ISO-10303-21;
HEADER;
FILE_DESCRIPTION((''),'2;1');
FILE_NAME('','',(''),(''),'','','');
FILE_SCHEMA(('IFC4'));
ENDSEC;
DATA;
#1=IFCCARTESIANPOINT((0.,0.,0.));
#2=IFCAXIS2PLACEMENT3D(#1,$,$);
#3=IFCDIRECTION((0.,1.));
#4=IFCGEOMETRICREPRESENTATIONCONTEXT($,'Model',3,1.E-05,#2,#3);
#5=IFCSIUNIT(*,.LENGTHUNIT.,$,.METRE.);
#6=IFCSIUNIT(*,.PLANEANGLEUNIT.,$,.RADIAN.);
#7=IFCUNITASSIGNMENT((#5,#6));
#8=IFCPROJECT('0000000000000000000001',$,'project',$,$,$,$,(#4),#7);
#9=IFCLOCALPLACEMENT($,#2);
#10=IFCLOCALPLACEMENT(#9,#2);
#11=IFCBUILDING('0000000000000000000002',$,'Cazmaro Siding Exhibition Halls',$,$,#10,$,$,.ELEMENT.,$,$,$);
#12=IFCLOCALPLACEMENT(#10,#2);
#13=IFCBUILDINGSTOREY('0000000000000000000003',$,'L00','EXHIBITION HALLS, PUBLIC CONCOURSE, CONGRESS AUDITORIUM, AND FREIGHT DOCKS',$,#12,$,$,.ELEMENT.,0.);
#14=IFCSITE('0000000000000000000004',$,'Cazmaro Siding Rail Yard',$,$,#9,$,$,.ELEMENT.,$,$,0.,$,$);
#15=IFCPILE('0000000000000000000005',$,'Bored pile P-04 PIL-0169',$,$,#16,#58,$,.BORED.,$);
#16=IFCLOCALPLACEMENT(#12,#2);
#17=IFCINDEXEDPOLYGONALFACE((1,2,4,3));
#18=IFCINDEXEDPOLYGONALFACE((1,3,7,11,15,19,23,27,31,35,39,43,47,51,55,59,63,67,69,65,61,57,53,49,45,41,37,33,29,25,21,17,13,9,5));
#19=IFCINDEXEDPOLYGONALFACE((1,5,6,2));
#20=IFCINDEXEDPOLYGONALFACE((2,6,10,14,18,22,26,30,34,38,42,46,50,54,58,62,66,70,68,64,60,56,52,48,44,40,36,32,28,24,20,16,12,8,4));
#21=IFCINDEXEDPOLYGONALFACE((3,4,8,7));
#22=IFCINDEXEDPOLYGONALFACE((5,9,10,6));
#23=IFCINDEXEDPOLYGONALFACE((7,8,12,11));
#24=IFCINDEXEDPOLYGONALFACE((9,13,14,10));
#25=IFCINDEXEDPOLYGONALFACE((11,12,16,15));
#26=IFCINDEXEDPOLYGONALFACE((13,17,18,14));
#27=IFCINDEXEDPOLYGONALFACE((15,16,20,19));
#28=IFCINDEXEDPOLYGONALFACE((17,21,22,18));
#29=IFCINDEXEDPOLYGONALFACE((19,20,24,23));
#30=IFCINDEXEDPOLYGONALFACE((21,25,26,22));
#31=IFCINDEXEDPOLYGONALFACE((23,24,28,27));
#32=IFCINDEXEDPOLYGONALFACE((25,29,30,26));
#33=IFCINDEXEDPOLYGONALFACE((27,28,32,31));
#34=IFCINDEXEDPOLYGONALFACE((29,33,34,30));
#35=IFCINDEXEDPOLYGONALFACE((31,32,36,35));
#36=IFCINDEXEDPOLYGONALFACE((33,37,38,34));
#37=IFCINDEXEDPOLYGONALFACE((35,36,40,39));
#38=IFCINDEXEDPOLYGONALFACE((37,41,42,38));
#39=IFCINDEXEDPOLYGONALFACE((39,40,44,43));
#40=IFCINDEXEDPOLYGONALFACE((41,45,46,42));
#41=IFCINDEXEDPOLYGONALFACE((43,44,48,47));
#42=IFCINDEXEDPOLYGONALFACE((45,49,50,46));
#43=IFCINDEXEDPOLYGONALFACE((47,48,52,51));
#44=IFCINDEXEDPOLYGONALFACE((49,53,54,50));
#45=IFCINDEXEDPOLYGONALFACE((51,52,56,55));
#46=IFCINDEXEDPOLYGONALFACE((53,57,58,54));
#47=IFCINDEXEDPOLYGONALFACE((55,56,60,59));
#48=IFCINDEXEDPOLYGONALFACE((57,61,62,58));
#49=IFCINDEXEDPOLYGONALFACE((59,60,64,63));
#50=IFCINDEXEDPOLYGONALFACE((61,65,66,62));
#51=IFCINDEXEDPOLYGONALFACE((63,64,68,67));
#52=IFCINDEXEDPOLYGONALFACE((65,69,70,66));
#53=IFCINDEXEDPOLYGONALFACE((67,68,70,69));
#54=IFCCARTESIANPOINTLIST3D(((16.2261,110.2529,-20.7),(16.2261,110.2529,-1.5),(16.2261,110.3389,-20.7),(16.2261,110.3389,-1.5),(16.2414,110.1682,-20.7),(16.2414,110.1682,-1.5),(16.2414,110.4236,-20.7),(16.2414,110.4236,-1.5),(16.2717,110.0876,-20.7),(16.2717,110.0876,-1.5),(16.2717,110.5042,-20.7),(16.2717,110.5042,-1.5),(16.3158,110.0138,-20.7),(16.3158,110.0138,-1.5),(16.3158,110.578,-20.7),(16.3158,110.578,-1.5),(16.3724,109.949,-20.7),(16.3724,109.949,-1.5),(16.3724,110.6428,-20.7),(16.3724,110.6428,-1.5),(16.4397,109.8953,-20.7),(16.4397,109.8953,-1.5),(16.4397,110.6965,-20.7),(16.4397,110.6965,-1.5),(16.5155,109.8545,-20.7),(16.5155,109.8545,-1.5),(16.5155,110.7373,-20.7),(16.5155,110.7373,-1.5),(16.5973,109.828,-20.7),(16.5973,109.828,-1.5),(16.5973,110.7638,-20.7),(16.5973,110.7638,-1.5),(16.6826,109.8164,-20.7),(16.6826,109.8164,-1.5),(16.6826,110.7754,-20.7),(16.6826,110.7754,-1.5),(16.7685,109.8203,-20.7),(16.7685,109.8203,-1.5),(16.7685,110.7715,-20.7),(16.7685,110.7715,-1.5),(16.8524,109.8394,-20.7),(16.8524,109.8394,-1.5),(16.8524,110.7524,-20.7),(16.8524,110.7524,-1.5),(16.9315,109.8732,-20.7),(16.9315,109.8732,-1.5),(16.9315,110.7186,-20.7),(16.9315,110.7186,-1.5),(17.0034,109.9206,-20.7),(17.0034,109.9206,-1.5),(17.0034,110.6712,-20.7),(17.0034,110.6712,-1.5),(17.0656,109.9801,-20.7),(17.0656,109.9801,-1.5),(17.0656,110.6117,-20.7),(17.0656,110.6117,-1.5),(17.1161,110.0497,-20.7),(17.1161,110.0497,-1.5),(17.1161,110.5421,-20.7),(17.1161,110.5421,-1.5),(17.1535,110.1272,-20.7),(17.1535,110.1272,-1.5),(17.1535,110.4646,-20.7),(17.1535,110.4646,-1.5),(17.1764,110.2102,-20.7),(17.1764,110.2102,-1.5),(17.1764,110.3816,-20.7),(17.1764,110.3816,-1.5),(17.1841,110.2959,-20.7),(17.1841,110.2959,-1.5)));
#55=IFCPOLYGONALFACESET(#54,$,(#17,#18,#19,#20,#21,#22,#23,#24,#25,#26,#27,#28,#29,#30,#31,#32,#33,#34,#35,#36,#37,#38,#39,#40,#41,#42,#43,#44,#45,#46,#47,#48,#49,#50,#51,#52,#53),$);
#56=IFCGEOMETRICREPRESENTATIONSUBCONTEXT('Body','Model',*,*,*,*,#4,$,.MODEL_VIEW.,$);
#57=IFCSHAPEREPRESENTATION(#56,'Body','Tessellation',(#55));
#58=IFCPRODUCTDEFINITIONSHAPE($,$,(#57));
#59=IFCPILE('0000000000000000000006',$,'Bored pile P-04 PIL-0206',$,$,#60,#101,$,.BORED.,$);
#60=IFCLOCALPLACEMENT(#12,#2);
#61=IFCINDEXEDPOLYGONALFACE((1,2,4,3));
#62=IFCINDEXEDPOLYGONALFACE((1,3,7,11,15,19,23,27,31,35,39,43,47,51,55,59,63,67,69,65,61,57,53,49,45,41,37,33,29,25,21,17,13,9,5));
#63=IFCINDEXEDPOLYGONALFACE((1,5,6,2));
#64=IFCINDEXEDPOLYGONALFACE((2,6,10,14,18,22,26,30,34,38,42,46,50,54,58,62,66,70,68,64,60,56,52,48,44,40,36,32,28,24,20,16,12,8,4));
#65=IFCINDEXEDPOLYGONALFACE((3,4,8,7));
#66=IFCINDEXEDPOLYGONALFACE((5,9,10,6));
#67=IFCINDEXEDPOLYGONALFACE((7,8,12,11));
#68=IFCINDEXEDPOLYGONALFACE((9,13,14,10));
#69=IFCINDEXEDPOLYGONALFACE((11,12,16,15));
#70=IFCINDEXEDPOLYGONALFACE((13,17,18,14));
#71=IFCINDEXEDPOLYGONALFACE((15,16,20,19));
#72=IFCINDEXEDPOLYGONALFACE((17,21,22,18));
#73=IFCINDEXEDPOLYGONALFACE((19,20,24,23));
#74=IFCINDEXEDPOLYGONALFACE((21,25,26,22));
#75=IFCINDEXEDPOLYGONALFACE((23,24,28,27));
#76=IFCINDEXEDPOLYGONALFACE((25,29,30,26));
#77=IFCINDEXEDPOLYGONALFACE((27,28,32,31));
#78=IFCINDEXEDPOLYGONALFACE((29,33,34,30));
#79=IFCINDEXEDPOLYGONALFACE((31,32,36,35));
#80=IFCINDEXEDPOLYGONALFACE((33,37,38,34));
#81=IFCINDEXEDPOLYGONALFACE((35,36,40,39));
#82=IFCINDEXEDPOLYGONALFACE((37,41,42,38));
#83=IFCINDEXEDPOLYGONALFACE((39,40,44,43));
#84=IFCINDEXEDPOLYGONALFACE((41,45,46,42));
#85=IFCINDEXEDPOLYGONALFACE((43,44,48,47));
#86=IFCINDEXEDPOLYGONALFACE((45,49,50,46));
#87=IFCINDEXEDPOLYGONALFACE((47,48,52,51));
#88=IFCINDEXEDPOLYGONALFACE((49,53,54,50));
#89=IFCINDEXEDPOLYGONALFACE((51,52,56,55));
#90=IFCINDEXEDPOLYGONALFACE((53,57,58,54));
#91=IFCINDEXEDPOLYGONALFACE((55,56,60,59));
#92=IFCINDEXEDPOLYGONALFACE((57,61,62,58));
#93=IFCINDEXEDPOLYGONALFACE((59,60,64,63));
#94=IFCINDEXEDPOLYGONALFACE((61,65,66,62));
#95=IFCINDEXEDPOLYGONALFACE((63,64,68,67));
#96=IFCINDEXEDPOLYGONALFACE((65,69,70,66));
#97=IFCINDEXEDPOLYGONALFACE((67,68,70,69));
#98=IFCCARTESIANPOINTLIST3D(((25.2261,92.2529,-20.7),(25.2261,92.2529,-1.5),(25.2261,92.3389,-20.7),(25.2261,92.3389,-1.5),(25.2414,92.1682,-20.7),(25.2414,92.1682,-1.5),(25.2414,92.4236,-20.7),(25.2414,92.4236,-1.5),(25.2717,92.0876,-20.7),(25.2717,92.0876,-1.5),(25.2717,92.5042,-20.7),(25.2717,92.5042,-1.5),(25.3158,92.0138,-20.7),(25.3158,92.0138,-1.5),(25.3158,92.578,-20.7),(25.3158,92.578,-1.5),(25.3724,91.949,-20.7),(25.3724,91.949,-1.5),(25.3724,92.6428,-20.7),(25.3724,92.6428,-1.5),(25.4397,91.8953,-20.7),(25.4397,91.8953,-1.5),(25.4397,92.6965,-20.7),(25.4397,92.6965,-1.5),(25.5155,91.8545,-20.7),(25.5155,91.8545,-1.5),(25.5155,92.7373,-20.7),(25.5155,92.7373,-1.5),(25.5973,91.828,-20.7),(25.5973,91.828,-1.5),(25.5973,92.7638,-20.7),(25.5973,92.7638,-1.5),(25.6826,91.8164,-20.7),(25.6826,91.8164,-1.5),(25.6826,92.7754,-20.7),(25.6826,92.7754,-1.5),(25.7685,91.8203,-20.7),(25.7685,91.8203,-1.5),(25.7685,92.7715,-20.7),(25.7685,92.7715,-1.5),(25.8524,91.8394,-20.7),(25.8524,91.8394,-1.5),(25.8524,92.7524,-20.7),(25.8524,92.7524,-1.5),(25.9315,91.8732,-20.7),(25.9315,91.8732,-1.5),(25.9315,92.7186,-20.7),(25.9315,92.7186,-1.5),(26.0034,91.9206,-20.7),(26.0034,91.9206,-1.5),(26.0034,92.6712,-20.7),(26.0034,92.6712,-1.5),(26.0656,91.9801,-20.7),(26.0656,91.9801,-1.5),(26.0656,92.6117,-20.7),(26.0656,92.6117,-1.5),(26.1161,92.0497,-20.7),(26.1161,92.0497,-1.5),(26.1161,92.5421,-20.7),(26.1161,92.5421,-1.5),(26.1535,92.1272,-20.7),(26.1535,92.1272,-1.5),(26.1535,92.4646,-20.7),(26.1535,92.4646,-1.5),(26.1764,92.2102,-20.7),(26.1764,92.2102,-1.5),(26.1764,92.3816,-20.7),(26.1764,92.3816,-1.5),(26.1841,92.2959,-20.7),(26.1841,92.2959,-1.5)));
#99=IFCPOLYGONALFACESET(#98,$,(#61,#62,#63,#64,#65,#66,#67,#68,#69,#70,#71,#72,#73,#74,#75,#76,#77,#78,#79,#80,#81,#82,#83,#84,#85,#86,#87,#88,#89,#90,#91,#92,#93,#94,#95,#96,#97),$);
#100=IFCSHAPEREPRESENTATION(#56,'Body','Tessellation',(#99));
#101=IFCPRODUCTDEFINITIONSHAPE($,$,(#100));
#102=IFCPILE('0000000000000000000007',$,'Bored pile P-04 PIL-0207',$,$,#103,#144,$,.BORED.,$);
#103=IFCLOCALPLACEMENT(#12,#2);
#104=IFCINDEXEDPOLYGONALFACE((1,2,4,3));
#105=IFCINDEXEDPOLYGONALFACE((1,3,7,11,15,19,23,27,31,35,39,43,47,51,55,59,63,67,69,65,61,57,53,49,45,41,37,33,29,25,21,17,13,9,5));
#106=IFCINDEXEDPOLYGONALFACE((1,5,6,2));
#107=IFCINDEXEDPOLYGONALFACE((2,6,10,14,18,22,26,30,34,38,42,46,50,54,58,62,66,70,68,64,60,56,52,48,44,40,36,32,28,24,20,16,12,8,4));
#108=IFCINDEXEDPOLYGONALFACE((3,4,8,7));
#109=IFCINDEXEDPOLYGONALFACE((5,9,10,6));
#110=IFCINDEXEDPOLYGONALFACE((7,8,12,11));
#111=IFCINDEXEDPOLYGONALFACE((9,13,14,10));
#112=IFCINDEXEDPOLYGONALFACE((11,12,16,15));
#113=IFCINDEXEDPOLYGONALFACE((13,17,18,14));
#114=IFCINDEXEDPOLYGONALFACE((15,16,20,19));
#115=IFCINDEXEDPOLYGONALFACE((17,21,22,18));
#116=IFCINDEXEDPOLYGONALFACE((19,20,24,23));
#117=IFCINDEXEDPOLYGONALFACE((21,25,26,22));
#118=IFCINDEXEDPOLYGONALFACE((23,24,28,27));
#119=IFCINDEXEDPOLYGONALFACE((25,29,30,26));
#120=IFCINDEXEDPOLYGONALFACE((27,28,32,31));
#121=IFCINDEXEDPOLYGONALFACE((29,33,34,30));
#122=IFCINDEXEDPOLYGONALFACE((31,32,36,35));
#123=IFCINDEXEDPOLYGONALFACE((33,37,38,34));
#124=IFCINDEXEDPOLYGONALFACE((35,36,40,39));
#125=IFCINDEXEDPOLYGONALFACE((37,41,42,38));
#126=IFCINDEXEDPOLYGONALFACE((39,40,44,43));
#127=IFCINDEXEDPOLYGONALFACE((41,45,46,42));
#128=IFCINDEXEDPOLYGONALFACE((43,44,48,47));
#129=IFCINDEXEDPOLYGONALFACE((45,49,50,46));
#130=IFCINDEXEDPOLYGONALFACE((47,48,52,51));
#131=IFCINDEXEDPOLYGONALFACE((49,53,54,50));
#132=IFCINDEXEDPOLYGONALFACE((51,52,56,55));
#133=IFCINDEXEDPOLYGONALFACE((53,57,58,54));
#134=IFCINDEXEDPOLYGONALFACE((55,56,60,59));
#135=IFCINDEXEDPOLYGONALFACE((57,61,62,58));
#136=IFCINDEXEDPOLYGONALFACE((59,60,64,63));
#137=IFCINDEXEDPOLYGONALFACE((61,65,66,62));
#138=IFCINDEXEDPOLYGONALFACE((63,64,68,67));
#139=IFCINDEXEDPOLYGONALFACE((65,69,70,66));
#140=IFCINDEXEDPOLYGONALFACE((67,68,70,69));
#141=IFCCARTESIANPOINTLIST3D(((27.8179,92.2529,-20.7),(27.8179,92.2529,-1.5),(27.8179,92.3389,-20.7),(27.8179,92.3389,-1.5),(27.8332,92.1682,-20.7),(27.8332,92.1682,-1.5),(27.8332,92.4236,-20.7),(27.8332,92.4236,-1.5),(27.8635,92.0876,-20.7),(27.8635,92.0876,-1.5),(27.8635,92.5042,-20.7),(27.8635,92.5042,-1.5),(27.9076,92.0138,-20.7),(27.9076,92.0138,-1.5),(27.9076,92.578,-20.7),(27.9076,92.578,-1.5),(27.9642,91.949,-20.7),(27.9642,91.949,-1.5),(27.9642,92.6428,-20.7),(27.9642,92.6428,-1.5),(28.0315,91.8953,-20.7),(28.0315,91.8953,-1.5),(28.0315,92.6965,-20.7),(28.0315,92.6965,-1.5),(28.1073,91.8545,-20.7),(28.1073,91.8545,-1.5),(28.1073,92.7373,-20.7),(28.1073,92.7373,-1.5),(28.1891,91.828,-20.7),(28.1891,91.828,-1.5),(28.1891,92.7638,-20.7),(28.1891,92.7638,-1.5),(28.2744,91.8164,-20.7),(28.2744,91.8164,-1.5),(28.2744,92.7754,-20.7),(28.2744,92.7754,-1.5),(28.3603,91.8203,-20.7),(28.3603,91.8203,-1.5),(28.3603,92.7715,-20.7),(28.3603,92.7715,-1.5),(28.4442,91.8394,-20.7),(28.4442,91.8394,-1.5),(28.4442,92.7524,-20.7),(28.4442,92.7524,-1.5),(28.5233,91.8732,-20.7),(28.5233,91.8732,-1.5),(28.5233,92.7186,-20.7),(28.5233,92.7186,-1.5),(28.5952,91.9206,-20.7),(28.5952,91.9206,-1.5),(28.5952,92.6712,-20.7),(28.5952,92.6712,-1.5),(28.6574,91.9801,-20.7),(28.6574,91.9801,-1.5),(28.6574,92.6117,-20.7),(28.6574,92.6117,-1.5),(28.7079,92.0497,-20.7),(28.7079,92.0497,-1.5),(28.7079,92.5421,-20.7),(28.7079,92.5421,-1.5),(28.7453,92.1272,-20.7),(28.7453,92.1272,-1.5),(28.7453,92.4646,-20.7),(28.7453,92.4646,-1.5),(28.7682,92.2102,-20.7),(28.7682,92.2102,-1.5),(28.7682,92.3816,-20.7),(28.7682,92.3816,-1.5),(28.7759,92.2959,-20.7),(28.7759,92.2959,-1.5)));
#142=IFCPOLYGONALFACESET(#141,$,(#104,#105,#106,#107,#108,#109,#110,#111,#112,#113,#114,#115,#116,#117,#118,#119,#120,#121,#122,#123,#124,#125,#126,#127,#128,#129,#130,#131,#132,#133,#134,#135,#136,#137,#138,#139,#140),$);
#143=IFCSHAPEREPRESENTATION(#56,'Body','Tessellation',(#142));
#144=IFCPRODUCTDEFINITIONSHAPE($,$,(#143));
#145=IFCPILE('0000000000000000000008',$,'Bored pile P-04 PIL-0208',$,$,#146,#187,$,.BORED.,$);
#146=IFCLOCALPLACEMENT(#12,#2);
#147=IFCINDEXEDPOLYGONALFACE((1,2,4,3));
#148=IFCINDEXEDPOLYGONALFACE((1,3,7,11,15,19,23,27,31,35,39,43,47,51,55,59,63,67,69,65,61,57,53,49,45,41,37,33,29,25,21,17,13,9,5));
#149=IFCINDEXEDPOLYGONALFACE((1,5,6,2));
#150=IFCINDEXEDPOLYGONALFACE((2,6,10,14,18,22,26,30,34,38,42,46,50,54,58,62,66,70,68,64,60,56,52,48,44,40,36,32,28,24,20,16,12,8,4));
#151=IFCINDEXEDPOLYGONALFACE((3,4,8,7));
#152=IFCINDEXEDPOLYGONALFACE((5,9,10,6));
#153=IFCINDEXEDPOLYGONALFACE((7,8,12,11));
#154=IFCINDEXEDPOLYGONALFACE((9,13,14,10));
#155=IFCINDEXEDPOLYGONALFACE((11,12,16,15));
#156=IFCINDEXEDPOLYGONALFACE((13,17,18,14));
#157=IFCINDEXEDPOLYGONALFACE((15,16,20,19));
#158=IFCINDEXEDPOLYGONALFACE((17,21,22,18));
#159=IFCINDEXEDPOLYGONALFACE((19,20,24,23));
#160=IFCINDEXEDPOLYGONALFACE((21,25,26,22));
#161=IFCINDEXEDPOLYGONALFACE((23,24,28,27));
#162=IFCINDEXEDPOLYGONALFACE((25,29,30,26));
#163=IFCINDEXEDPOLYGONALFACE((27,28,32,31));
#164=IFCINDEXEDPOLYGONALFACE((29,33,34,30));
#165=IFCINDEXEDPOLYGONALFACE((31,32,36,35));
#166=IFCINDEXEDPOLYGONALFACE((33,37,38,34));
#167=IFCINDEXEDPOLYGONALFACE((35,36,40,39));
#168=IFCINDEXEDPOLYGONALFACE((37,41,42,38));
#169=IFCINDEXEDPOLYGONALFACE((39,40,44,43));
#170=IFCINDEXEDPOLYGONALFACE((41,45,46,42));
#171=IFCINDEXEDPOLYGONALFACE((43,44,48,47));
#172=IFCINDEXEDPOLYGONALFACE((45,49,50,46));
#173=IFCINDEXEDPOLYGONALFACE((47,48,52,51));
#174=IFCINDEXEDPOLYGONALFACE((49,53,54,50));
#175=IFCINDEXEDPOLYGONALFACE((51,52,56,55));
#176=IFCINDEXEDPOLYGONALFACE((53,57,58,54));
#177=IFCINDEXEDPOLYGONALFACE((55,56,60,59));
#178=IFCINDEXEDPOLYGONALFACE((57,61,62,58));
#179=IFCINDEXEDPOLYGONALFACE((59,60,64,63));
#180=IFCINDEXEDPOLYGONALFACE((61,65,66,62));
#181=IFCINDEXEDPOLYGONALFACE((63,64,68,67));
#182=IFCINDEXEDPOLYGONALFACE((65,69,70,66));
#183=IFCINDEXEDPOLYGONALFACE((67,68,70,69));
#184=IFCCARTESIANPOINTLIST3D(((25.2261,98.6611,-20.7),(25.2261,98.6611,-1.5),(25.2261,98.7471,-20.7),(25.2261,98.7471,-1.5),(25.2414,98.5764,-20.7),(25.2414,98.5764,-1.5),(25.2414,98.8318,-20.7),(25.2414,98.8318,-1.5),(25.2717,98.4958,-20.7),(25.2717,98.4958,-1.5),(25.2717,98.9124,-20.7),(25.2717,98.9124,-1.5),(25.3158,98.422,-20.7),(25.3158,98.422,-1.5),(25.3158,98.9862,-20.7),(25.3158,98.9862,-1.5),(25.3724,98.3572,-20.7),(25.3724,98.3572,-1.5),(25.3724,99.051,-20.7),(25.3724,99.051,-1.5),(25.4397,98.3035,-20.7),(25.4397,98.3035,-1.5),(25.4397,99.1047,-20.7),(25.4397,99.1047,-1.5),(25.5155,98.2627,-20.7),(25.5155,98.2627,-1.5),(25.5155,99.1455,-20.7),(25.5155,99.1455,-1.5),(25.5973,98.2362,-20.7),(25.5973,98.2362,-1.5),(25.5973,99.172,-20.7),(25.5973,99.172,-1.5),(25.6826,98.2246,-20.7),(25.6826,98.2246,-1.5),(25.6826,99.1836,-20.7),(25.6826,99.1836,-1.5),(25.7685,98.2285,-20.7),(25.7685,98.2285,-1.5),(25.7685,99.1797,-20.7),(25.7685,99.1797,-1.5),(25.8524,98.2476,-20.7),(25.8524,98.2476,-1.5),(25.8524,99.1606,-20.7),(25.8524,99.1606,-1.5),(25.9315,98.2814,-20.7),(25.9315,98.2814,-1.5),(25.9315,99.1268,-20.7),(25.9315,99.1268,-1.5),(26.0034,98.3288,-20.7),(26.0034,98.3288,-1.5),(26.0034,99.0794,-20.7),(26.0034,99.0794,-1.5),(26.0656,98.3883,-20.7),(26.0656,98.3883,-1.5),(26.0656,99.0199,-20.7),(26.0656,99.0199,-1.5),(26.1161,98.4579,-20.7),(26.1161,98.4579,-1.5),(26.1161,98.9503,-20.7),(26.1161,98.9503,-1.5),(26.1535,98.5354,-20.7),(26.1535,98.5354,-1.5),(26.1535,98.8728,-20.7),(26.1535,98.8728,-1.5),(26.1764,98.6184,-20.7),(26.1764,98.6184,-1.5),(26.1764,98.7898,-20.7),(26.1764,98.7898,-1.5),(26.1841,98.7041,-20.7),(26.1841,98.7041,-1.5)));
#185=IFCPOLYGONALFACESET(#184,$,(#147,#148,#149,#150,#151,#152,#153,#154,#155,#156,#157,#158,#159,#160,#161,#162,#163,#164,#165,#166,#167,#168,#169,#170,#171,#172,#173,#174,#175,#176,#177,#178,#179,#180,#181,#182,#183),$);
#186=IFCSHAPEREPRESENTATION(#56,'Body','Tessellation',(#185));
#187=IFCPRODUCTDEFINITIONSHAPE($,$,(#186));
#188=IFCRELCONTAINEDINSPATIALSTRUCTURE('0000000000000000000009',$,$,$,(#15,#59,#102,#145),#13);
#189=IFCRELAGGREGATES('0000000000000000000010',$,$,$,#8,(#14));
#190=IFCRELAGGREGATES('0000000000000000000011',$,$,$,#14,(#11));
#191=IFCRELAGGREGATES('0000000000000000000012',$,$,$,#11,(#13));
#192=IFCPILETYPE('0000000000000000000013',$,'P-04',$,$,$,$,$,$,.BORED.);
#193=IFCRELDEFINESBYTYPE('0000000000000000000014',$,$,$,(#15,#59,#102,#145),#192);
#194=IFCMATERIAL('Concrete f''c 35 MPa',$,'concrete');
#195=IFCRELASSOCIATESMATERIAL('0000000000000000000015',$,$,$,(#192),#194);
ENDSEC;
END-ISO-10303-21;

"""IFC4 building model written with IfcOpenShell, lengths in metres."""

from ifc_helpers import new_model, si_unit, direction, frame, origin, origin_2d, place, context, subcontext, project, spatial, circle, extrude, material, material_profile, profile_set, type_object, element, save


model = new_model("IFC4")

# Units and contexts
model_context = context("Model", 3, precision=1e-05, world=origin(), true_north=direction((0.0, 1.0)))
body_context = subcontext(model_context, "Body", "Model", "MODEL_VIEW")
ifc_project = project(units=[si_unit("LENGTHUNIT", "METRE"), si_unit("PLANEANGLEUNIT", "RADIAN")], contexts=[model_context])

# Site, building, storey
site_placement = place(None, origin())
site = spatial("IfcSite", under=ifc_project, at=site_placement, Name="Cazmaro Siding Rail Yard", CompositionType="ELEMENT", RefElevation=0.0)
building_placement = place(site_placement, origin())
building = spatial("IfcBuilding", under=site, at=building_placement, Name="Cazmaro Siding Exhibition Halls", CompositionType="ELEMENT")
storey_placement = place(building_placement, origin())
storey = spatial("IfcBuildingStorey", under=building, at=storey_placement, Name="L00", Description="EXHIBITION HALLS, PUBLIC CONCOURSE, CONGRESS AUDITORIUM, AND FREIGHT DOCKS", CompositionType="ELEMENT", Elevation=0.0)

# Piles
ifc_material_1 = material(Name="Concrete f'c 35 MPa", Category="concrete")
ifc_material_profile_1 = material_profile(ifc_material_1, circle(Radius=0.48, at=origin_2d()), Name="CIDH-960")
ifc_profile_set_1 = profile_set([ifc_material_profile_1], Name="Concrete f'c 35 MPa")
pile_type = type_object("IfcPileType", Name="P-04", PredefinedType="BORED", material=ifc_profile_set_1)
for number, where, z_axis, x_axis, name in (
    (1, (16.7041, 110.2959, -1.5), (0.0, 0.0, -1.0), (1.0, 0.0, 0.0), "Bored pile P-04 PIL-0169"),
    (2, (25.7041, 92.2959, -1.5), (0.0, 0.0, -1.0), (1.0, 0.0, 0.0), "Bored pile P-04 PIL-0206"),
    (3, (28.2959, 92.2959, -1.5), (0.0, 0.0, -1.0), (1.0, 0.0, 0.0), "Bored pile P-04 PIL-0207"),
    (4, (25.7041, 98.7041, -1.5), (0.0, 0.0, -1.0), (1.0, 0.0, 0.0), "Bored pile P-04 PIL-0208"),
):
    element("IfcPile", number, at=place(storey_placement, frame(where, z_axis=z_axis, x_axis=x_axis)), inside=storey, type_object=pile_type, Name=name, PredefinedType="BORED", context=body_context, shape_type="SweptSolid", body=[
        extrude(circle(Radius=0.48, at=origin_2d()), origin(), (0.0, 0.0, 1.0), 19.2),
    ])

save(model, "model.ifc")
